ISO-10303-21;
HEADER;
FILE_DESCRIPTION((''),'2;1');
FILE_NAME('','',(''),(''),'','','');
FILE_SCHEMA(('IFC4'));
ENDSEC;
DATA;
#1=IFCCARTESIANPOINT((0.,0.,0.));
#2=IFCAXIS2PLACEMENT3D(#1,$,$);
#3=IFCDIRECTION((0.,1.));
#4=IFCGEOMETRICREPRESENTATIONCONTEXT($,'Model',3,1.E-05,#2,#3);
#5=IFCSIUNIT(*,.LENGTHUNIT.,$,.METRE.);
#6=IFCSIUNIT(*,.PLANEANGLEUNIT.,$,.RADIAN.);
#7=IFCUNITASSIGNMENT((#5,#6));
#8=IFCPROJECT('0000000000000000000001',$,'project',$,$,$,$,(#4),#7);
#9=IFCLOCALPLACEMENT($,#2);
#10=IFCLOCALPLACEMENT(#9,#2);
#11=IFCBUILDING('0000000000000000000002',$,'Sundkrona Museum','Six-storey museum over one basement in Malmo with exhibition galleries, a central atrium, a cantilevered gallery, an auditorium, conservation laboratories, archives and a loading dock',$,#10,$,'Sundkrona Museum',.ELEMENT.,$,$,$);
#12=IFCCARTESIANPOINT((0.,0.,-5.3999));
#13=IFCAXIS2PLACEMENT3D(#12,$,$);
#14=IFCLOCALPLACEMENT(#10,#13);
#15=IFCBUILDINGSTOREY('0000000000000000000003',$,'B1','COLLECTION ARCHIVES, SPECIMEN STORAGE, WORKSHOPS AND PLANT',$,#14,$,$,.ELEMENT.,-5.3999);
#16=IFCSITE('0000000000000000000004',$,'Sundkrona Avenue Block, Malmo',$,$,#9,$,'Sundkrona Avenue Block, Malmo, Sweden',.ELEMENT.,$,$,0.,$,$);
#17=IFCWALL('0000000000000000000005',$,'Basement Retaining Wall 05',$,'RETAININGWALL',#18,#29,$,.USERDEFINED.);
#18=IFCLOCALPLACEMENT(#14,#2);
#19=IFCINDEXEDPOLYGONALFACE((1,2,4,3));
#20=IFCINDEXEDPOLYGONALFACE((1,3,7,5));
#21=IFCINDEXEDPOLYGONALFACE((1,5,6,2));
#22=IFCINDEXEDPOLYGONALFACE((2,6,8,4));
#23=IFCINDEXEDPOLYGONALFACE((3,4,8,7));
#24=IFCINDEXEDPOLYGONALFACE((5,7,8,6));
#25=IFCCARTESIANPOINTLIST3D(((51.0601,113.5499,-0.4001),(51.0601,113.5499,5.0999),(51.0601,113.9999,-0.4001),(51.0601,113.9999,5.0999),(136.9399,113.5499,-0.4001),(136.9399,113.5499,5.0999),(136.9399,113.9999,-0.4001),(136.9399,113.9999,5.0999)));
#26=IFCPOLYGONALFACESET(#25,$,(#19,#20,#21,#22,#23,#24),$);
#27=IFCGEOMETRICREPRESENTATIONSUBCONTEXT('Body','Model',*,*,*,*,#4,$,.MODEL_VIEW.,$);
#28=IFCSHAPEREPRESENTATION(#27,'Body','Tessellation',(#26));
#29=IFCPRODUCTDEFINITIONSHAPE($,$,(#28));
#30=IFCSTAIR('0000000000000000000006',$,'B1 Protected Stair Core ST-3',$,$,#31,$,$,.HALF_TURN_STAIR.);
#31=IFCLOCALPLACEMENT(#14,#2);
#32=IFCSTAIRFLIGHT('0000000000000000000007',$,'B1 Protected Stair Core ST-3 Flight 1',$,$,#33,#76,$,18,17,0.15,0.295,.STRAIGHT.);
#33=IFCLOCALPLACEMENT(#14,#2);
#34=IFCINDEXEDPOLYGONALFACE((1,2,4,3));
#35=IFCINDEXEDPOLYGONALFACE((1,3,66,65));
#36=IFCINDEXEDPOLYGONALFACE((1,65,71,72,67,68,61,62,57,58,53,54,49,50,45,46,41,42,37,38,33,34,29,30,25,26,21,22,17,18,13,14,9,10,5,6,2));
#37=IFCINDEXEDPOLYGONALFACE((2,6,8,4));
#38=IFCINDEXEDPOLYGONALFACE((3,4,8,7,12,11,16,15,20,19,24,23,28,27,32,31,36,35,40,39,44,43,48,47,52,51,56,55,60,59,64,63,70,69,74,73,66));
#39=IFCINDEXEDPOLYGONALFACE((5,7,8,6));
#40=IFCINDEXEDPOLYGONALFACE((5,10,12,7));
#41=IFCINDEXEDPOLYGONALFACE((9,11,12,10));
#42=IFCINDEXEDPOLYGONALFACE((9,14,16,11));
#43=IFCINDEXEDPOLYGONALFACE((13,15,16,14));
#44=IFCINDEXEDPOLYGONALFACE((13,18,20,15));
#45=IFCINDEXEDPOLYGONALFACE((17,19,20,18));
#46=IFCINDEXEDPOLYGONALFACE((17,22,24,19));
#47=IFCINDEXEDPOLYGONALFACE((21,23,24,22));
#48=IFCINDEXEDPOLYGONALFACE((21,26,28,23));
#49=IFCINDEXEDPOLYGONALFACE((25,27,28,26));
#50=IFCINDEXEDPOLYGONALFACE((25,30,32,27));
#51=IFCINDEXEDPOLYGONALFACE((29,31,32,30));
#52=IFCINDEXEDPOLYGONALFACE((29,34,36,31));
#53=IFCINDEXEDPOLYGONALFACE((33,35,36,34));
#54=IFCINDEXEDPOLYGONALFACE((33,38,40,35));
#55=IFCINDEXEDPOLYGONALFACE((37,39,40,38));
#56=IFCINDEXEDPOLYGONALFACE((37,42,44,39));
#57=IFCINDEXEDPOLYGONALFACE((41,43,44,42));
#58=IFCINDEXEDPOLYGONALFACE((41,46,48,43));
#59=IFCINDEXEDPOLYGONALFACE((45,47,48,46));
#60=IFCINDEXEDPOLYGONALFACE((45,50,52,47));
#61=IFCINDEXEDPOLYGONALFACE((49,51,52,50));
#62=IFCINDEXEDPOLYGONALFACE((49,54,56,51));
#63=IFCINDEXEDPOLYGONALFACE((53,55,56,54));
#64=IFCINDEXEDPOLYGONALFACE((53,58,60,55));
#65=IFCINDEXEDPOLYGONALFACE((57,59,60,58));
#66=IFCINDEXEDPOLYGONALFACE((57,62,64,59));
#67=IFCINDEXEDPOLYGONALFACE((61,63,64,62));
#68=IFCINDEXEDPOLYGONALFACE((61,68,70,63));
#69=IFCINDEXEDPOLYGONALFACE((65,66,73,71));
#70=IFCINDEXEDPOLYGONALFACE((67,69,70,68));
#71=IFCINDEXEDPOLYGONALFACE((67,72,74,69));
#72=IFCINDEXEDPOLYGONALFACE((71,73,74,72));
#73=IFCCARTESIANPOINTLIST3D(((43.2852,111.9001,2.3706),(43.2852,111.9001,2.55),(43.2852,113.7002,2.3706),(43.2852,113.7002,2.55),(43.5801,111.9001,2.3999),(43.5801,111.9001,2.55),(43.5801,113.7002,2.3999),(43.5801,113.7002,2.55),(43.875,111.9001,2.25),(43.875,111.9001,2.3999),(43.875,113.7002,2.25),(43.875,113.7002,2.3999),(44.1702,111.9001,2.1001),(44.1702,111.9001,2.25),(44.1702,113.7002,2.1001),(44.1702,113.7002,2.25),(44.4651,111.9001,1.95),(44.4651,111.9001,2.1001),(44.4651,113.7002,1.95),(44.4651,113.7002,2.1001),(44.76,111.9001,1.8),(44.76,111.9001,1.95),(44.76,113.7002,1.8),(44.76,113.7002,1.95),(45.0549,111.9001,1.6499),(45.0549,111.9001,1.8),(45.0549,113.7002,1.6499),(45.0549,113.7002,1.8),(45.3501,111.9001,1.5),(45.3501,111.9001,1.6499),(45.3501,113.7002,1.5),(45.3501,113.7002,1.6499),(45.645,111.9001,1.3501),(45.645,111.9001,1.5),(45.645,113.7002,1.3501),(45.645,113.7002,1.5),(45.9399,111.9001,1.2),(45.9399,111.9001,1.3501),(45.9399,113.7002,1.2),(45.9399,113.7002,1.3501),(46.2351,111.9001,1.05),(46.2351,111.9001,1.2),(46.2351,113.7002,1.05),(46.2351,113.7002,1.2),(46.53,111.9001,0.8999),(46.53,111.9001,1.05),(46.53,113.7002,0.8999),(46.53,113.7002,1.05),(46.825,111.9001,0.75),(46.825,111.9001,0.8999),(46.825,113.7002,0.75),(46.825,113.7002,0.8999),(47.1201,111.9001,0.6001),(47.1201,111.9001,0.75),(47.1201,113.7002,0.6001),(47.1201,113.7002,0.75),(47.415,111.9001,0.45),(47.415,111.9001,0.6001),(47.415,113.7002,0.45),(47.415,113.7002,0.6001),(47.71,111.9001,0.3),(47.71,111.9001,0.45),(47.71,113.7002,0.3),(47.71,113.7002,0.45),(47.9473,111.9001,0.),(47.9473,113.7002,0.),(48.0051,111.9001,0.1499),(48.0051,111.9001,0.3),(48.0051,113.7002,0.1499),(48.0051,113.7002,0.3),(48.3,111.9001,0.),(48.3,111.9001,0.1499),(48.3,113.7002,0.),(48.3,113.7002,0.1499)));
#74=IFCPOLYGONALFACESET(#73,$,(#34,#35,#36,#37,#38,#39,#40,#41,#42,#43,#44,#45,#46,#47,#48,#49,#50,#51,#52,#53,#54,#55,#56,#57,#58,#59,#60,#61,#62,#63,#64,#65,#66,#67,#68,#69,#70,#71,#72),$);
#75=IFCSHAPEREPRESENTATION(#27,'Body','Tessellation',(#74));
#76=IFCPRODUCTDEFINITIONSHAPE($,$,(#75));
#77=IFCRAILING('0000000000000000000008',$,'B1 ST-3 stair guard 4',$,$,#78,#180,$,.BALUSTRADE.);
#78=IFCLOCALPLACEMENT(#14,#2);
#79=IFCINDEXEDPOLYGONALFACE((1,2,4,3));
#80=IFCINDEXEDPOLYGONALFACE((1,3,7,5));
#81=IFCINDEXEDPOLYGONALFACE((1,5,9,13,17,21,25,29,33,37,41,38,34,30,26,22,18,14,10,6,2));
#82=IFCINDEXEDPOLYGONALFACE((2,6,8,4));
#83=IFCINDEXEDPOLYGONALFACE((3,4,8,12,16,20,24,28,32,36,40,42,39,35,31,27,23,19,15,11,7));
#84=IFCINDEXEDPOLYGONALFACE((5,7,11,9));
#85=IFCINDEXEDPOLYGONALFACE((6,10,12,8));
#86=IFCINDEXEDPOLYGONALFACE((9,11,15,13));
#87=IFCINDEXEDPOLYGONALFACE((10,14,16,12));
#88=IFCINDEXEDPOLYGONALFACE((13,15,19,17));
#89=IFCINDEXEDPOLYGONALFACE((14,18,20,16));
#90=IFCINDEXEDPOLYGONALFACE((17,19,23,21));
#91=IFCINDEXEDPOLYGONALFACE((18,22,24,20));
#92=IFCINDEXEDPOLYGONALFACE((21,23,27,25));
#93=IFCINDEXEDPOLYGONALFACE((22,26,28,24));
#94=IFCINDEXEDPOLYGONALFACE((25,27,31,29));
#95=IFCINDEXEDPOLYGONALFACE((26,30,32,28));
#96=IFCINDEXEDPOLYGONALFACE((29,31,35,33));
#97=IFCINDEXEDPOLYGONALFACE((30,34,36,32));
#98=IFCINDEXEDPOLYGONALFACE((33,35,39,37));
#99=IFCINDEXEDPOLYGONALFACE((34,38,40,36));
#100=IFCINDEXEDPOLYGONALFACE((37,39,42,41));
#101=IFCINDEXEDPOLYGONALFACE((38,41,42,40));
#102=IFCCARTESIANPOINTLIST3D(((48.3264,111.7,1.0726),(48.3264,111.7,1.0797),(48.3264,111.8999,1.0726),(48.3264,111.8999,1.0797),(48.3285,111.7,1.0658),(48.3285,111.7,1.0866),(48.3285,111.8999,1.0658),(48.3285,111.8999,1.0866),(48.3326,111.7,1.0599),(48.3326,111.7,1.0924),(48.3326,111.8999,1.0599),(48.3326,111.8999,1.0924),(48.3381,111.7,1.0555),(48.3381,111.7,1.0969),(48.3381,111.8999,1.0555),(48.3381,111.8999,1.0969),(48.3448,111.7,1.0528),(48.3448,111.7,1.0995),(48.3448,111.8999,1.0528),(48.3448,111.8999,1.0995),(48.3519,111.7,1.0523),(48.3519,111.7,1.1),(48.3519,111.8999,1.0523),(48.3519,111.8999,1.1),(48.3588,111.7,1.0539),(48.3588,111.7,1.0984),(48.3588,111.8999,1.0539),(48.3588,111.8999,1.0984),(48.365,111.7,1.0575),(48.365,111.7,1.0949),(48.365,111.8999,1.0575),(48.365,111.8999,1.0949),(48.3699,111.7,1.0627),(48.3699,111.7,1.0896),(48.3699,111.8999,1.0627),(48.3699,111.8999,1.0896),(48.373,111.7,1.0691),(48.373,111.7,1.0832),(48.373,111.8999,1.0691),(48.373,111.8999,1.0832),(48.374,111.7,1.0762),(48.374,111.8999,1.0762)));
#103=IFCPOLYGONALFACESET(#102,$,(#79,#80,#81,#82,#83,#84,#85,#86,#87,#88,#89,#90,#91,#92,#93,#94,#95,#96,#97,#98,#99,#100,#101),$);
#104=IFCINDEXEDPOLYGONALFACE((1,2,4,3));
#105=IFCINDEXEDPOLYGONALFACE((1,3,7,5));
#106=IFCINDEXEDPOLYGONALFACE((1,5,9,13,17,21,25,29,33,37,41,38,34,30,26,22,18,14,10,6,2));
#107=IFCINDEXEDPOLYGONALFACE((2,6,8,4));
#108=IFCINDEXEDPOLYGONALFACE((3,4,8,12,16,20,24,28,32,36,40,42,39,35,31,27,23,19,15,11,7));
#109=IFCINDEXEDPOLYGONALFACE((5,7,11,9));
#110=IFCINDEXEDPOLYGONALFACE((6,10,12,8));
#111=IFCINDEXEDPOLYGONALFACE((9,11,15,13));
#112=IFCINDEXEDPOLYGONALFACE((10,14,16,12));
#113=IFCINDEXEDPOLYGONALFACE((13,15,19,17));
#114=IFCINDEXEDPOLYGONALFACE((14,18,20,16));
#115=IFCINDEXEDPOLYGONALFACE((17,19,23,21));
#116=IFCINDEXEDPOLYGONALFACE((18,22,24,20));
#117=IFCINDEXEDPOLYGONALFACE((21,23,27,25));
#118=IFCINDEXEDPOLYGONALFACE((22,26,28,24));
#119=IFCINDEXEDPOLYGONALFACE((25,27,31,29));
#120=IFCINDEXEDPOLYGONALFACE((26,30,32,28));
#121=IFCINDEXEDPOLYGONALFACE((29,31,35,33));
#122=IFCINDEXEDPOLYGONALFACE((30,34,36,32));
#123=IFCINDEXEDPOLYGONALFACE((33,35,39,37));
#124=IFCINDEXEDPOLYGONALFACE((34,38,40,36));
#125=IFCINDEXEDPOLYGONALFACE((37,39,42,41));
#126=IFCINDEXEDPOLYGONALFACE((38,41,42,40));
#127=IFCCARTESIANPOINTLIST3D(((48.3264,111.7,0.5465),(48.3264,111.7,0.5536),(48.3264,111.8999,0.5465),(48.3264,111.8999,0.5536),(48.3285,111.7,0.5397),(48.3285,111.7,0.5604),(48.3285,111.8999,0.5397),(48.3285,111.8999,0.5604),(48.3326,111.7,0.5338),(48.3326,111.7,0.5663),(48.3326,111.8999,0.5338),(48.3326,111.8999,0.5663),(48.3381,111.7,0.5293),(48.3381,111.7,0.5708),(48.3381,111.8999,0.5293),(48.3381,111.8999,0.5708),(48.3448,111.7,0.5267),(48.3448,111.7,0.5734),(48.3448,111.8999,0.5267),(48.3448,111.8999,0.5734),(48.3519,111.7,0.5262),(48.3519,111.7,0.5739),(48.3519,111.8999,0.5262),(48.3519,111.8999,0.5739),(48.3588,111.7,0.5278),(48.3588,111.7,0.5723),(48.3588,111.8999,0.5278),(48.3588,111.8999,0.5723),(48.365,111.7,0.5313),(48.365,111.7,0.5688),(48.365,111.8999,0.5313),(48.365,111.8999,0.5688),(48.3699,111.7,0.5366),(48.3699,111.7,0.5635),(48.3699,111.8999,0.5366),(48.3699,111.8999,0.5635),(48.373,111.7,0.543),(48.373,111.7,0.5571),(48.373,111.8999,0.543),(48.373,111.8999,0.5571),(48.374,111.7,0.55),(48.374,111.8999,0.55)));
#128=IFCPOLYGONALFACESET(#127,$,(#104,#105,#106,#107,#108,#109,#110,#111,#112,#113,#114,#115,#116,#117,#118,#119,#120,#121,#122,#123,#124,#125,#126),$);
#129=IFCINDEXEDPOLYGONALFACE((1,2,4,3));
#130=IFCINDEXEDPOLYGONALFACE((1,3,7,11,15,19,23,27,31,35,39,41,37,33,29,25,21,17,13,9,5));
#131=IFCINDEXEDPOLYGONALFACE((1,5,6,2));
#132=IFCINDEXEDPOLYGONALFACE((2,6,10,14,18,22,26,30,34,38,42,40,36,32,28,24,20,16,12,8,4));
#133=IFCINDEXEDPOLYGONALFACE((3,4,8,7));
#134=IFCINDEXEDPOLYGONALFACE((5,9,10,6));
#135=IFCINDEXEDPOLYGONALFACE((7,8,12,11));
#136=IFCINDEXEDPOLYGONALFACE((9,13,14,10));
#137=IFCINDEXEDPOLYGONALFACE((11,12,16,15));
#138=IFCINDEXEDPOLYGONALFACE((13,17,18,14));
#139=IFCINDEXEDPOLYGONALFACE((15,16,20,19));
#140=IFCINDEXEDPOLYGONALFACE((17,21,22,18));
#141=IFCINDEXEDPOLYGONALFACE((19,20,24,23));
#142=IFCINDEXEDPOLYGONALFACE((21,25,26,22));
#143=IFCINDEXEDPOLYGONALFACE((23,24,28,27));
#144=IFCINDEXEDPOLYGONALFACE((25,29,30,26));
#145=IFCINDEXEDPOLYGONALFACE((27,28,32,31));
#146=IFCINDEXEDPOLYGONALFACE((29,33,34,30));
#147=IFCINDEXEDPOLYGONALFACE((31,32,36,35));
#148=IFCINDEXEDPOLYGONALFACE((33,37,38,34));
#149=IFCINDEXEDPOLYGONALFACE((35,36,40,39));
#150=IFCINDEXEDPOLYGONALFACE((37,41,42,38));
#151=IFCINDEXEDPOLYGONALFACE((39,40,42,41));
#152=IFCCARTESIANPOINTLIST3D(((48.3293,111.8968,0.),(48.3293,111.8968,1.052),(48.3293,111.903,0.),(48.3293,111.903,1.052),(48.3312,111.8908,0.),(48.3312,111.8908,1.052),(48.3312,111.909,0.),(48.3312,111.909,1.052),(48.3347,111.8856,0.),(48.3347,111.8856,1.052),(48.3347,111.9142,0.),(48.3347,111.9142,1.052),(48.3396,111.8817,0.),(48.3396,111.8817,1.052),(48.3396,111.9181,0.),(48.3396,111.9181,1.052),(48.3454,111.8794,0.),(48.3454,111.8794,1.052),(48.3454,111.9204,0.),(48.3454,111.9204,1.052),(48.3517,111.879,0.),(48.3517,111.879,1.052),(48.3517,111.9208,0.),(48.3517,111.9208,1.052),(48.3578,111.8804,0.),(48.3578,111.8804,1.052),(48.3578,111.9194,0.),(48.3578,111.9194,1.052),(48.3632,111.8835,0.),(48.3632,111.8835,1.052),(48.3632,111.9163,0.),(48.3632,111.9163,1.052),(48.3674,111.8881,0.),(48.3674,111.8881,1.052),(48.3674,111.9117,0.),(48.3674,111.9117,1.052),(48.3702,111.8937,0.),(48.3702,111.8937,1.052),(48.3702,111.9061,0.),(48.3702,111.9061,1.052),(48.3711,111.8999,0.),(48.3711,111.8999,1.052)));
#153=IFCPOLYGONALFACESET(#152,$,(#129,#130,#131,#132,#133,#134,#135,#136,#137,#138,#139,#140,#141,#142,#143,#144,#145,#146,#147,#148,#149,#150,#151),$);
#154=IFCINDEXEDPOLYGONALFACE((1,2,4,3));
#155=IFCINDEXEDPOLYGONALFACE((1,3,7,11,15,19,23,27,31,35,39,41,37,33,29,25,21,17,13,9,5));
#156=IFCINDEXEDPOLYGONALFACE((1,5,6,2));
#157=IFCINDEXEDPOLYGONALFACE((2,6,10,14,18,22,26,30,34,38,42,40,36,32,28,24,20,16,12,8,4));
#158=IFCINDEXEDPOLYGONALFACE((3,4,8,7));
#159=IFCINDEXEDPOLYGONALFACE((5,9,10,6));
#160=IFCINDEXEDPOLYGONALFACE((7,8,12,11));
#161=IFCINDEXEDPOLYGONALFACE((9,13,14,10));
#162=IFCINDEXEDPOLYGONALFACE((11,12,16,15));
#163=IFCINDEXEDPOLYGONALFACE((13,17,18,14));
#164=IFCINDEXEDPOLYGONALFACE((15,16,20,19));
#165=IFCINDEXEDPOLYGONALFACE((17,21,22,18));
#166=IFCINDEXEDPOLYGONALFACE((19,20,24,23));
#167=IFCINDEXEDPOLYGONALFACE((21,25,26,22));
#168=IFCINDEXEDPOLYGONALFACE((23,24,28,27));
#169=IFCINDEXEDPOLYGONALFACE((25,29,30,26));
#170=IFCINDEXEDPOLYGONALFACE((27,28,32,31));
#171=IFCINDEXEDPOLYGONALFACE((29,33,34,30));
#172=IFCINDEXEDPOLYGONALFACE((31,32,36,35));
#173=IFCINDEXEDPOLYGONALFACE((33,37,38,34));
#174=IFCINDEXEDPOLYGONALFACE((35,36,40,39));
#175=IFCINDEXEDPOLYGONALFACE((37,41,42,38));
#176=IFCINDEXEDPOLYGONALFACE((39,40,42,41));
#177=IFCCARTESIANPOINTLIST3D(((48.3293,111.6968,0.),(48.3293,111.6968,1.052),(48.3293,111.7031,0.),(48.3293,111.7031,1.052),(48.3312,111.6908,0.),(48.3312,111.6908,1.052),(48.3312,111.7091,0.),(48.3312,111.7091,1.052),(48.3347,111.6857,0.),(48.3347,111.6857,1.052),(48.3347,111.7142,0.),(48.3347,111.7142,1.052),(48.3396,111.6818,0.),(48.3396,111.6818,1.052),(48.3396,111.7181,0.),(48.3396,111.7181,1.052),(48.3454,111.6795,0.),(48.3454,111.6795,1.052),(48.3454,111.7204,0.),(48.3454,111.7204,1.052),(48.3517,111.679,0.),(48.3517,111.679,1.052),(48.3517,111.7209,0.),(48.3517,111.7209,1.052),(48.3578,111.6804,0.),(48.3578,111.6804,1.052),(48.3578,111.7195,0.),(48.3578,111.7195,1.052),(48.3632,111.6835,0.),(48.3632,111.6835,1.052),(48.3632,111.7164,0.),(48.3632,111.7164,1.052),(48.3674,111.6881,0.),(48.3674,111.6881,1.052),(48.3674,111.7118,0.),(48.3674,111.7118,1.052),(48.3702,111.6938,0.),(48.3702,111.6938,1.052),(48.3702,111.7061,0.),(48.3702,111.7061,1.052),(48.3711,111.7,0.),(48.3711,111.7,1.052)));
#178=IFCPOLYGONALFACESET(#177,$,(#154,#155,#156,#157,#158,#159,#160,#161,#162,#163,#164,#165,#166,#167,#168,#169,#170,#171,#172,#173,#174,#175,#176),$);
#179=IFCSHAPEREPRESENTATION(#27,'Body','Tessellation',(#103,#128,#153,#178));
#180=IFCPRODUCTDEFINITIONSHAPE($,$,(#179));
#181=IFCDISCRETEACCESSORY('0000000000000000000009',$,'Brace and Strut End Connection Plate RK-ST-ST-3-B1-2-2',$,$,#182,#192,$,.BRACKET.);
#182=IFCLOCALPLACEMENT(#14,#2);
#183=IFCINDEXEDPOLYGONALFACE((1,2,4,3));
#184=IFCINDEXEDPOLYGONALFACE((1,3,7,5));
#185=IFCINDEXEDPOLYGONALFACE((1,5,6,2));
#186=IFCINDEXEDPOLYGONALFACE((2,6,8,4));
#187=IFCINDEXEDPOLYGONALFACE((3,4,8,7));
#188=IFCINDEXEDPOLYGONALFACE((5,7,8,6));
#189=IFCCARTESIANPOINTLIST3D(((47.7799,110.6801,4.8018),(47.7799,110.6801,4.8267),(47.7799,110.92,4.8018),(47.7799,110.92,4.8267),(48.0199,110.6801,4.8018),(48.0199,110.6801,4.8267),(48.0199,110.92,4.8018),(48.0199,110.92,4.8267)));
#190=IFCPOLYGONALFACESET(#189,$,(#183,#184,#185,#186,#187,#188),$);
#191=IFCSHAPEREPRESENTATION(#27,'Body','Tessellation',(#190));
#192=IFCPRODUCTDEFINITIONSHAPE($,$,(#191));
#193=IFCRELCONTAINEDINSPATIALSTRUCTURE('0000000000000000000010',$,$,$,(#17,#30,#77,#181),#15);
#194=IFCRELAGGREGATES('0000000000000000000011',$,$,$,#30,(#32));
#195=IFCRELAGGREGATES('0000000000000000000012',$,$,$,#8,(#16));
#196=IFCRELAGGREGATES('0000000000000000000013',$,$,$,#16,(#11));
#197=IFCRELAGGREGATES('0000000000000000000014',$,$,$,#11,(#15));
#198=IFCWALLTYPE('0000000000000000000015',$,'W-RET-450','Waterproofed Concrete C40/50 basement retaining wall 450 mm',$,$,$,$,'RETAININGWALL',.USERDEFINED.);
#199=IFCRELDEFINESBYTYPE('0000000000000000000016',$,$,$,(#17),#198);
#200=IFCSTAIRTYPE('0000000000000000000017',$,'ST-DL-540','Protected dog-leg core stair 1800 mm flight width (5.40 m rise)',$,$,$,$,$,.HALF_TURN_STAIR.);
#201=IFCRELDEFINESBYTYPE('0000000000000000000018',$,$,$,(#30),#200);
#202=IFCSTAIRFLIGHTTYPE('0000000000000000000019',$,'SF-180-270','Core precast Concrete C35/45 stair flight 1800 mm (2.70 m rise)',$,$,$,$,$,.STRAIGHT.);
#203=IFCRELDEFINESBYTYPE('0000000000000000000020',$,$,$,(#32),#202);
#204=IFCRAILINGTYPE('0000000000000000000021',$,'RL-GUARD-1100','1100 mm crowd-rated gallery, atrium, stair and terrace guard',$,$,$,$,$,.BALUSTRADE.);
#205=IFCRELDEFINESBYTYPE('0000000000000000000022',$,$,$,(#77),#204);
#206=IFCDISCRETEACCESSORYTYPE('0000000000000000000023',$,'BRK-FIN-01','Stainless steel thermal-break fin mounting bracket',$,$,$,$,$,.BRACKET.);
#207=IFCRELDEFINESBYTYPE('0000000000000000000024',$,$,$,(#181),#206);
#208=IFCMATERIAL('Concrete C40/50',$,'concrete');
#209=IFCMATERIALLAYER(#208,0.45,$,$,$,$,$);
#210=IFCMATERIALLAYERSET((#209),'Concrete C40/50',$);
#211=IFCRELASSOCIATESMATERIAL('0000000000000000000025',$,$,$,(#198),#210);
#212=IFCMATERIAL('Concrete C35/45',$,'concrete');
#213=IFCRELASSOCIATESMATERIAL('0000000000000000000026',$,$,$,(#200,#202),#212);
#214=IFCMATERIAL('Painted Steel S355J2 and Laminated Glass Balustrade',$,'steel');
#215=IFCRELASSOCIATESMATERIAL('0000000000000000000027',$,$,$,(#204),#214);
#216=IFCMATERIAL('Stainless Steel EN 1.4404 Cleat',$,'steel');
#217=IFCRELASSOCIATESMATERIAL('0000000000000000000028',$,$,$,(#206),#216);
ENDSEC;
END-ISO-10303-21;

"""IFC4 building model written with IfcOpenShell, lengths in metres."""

from ifc_helpers import new_model, si_unit, direction, frame, frame_2d, origin, origin_2d, place, context, subcontext, project, spatial, polyline, rectangle, circle, outline, extrude, material, layer, layer_set, type_object, element, aggregate, save


model = new_model("IFC4")

# Units and contexts
model_context = context("Model", 3, precision=1e-05, world=origin(), true_north=direction((0.0, 1.0)))
body_context = subcontext(model_context, "Body", "Model", "MODEL_VIEW")
ifc_project = project(units=[si_unit("LENGTHUNIT", "METRE"), si_unit("PLANEANGLEUNIT", "RADIAN")], contexts=[model_context])

# Site, building, storey
site_placement = place(None, origin())
site = spatial("IfcSite", under=ifc_project, at=site_placement, Name="Sundkrona Avenue Block, Malmo", LongName="Sundkrona Avenue Block, Malmo, Sweden", CompositionType="ELEMENT", RefElevation=0.0)
building_placement = place(site_placement, origin())
building = spatial("IfcBuilding", under=site, at=building_placement, Name="Sundkrona Museum", Description="Six-storey museum over one basement in Malmo with exhibition galleries, a central atrium, a cantilevered gallery, an auditorium, conservation laboratories, archives and a loading dock", LongName="Sundkrona Museum", CompositionType="ELEMENT")
storey_placement = place(building_placement, frame((0.0, 0.0, -5.3999)))
storey = spatial("IfcBuildingStorey", under=building, at=storey_placement, Name="B1", Description="COLLECTION ARCHIVES, SPECIMEN STORAGE, WORKSHOPS AND PLANT", CompositionType="ELEMENT", Elevation=-5.3999)

# Shared definitions
ifc_material_1 = material(Name="Concrete C40/50", Category="concrete")

# Wall
ifc_layer_1 = layer(ifc_material_1, 0.45)
ifc_layer_set_1 = layer_set([ifc_layer_1], Name="Concrete C40/50")
wall_type_1 = type_object("IfcWallType", Name="W-RET-450", Description="Waterproofed Concrete C40/50 basement retaining wall 450 mm", ElementType="RETAININGWALL", PredefinedType="USERDEFINED", material=ifc_layer_set_1)
wall_1_placement = place(storey_placement, frame((51.0601, 113.7749, -0.4001), z_axis=(0.0, 0.0, 1.0), x_axis=(1.0, 0.0, 0.0)))
element("IfcWall", 1, at=wall_1_placement, inside=storey, type_object=wall_type_1, Name="Basement Retaining Wall 05", ObjectType="RETAININGWALL", PredefinedType="USERDEFINED", context=body_context, shape_type="SweptSolid", body=[
    extrude(rectangle(XDim=85.8799, YDim=0.45, at=frame_2d((42.9399, 0.0))), origin(), (0.0, 0.0, 1.0), 5.5),
])

# Stair, stair flight
ifc_material_2 = material(Name="Concrete C35/45", Category="concrete")
stair_type = type_object("IfcStairType", Name="ST-DL-540", Description="Protected dog-leg core stair 1800 mm flight width (5.40 m rise)", PredefinedType="HALF_TURN_STAIR", material=ifc_material_2)
stair_placement = place(storey_placement, origin())
stair = element("IfcStair", 2, at=stair_placement, inside=storey, type_object=stair_type, Name="B1 Protected Stair Core ST-3", PredefinedType="HALF_TURN_STAIR")
stair_flight_type = type_object("IfcStairFlightType", Name="SF-180-270", Description="Core precast Concrete C35/45 stair flight 1800 mm (2.70 m rise)", PredefinedType="STRAIGHT", material=ifc_material_2)
stair_flight_placement = place(storey_placement, frame((48.3, 112.8, 0.0), z_axis=(0.0, 0.0, 1.0), x_axis=(-1.0, 0.0, 0.0)))
stair_flight = element("IfcStairFlight", 3, at=stair_flight_placement, type_object=stair_flight_type, Name="B1 Protected Stair Core ST-3 Flight 1", NumberOfRisers=18, NumberOfTreads=17, PredefinedType="STRAIGHT", RiserHeight=0.15, TreadLength=0.295, context=body_context, shape_type="SweptSolid", body=[
    extrude(outline(polyline([(0.0, 0.0), (0.0, 0.1499), (0.2949, 0.1499), (0.2949, 0.3), (0.5901, 0.3), (0.5901, 0.45), (0.885, 0.45), (0.885, 0.6001), (1.1799, 0.6001), (1.1799, 0.75), (1.4751, 0.75), (1.4751, 0.8999), (1.77, 0.8999), (1.77, 1.05), (2.0649, 1.05), (2.0649, 1.2), (2.3601, 1.2), (2.3601, 1.3501), (2.655, 1.3501), (2.655, 1.5), (2.95, 1.5), (2.95, 1.6499), (3.2451, 1.6499), (3.2451, 1.8), (3.54, 1.8), (3.54, 1.95), (3.835, 1.95), (3.835, 2.1001), (4.1299, 2.1001), (4.1299, 2.25), (4.425, 2.25), (4.425, 2.3999), (4.72, 2.3999), (4.72, 2.55), (5.0149, 2.55), (5.0149, 2.7), (5.0149, 2.3706), (0.3528, 0.0), (0.0, 0.0)])), frame((0.0, 0.8999, 0.0), z_axis=(0.0, -1.0, 0.0), x_axis=(1.0, 0.0, 0.0)), (0.0, 0.0, 1.0), 1.8),
])
aggregate(stair, [stair_flight])

# Railing
ifc_material_3 = material(Name="Painted Steel S355J2 and Laminated Glass Balustrade", Category="steel")
railing_type_1 = type_object("IfcRailingType", Name="RL-GUARD-1100", Description="1100 mm crowd-rated gallery, atrium, stair and terrace guard", PredefinedType="BALUSTRADE", material=ifc_material_3)
railing_1_placement = place(storey_placement, frame((48.3501, 111.8999, 0.0)))
element("IfcRailing", 4, at=railing_1_placement, inside=storey, type_object=railing_type_1, Name="B1 ST-3 stair guard 4", PredefinedType="BALUSTRADE", context=body_context, shape_type="SweptSolid", body=[
    extrude(circle(Radius=0.0239, at=origin_2d()), frame((0.0, 0.0, 1.0762), z_axis=(0.0, -1.0, 0.0), x_axis=(1.0, 0.0, 0.0)), (0.0, 0.0, 1.0), 0.2),
    extrude(circle(Radius=0.0239, at=origin_2d()), frame((0.0, 0.0, 0.55), z_axis=(0.0, -1.0, 0.0), x_axis=(1.0, 0.0, 0.0)), (0.0, 0.0, 1.0), 0.2),
    extrude(circle(Radius=0.021, at=origin_2d()), origin(), (0.0, 0.0, 1.0), 1.052),
    extrude(circle(Radius=0.021, at=origin_2d()), frame((0.0, -0.2, 0.0)), (0.0, 0.0, 1.0), 1.052),
])

# Discrete accessory
ifc_material_4 = material(Name="Stainless Steel EN 1.4404 Cleat", Category="steel")
discrete_accessory_type = type_object("IfcDiscreteAccessoryType", Name="BRK-FIN-01", Description="Stainless steel thermal-break fin mounting bracket", PredefinedType="BRACKET", material=ifc_material_4)
discrete_accessory_placement = place(storey_placement, frame((47.8999, 110.8, 4.8018), z_axis=(0.0, 0.0, 1.0), x_axis=(1.0, 0.0, 0.0)))
element("IfcDiscreteAccessory", 5, at=discrete_accessory_placement, inside=storey, type_object=discrete_accessory_type, Name="Brace and Strut End Connection Plate RK-ST-ST-3-B1-2-2", PredefinedType="BRACKET", context=body_context, shape_type="SweptSolid", body=[
    extrude(rectangle(XDim=0.24, YDim=0.24, at=origin_2d()), origin(), (0.0, 0.0, 1.0), 0.0249),
])

save(model, "model.ifc")
